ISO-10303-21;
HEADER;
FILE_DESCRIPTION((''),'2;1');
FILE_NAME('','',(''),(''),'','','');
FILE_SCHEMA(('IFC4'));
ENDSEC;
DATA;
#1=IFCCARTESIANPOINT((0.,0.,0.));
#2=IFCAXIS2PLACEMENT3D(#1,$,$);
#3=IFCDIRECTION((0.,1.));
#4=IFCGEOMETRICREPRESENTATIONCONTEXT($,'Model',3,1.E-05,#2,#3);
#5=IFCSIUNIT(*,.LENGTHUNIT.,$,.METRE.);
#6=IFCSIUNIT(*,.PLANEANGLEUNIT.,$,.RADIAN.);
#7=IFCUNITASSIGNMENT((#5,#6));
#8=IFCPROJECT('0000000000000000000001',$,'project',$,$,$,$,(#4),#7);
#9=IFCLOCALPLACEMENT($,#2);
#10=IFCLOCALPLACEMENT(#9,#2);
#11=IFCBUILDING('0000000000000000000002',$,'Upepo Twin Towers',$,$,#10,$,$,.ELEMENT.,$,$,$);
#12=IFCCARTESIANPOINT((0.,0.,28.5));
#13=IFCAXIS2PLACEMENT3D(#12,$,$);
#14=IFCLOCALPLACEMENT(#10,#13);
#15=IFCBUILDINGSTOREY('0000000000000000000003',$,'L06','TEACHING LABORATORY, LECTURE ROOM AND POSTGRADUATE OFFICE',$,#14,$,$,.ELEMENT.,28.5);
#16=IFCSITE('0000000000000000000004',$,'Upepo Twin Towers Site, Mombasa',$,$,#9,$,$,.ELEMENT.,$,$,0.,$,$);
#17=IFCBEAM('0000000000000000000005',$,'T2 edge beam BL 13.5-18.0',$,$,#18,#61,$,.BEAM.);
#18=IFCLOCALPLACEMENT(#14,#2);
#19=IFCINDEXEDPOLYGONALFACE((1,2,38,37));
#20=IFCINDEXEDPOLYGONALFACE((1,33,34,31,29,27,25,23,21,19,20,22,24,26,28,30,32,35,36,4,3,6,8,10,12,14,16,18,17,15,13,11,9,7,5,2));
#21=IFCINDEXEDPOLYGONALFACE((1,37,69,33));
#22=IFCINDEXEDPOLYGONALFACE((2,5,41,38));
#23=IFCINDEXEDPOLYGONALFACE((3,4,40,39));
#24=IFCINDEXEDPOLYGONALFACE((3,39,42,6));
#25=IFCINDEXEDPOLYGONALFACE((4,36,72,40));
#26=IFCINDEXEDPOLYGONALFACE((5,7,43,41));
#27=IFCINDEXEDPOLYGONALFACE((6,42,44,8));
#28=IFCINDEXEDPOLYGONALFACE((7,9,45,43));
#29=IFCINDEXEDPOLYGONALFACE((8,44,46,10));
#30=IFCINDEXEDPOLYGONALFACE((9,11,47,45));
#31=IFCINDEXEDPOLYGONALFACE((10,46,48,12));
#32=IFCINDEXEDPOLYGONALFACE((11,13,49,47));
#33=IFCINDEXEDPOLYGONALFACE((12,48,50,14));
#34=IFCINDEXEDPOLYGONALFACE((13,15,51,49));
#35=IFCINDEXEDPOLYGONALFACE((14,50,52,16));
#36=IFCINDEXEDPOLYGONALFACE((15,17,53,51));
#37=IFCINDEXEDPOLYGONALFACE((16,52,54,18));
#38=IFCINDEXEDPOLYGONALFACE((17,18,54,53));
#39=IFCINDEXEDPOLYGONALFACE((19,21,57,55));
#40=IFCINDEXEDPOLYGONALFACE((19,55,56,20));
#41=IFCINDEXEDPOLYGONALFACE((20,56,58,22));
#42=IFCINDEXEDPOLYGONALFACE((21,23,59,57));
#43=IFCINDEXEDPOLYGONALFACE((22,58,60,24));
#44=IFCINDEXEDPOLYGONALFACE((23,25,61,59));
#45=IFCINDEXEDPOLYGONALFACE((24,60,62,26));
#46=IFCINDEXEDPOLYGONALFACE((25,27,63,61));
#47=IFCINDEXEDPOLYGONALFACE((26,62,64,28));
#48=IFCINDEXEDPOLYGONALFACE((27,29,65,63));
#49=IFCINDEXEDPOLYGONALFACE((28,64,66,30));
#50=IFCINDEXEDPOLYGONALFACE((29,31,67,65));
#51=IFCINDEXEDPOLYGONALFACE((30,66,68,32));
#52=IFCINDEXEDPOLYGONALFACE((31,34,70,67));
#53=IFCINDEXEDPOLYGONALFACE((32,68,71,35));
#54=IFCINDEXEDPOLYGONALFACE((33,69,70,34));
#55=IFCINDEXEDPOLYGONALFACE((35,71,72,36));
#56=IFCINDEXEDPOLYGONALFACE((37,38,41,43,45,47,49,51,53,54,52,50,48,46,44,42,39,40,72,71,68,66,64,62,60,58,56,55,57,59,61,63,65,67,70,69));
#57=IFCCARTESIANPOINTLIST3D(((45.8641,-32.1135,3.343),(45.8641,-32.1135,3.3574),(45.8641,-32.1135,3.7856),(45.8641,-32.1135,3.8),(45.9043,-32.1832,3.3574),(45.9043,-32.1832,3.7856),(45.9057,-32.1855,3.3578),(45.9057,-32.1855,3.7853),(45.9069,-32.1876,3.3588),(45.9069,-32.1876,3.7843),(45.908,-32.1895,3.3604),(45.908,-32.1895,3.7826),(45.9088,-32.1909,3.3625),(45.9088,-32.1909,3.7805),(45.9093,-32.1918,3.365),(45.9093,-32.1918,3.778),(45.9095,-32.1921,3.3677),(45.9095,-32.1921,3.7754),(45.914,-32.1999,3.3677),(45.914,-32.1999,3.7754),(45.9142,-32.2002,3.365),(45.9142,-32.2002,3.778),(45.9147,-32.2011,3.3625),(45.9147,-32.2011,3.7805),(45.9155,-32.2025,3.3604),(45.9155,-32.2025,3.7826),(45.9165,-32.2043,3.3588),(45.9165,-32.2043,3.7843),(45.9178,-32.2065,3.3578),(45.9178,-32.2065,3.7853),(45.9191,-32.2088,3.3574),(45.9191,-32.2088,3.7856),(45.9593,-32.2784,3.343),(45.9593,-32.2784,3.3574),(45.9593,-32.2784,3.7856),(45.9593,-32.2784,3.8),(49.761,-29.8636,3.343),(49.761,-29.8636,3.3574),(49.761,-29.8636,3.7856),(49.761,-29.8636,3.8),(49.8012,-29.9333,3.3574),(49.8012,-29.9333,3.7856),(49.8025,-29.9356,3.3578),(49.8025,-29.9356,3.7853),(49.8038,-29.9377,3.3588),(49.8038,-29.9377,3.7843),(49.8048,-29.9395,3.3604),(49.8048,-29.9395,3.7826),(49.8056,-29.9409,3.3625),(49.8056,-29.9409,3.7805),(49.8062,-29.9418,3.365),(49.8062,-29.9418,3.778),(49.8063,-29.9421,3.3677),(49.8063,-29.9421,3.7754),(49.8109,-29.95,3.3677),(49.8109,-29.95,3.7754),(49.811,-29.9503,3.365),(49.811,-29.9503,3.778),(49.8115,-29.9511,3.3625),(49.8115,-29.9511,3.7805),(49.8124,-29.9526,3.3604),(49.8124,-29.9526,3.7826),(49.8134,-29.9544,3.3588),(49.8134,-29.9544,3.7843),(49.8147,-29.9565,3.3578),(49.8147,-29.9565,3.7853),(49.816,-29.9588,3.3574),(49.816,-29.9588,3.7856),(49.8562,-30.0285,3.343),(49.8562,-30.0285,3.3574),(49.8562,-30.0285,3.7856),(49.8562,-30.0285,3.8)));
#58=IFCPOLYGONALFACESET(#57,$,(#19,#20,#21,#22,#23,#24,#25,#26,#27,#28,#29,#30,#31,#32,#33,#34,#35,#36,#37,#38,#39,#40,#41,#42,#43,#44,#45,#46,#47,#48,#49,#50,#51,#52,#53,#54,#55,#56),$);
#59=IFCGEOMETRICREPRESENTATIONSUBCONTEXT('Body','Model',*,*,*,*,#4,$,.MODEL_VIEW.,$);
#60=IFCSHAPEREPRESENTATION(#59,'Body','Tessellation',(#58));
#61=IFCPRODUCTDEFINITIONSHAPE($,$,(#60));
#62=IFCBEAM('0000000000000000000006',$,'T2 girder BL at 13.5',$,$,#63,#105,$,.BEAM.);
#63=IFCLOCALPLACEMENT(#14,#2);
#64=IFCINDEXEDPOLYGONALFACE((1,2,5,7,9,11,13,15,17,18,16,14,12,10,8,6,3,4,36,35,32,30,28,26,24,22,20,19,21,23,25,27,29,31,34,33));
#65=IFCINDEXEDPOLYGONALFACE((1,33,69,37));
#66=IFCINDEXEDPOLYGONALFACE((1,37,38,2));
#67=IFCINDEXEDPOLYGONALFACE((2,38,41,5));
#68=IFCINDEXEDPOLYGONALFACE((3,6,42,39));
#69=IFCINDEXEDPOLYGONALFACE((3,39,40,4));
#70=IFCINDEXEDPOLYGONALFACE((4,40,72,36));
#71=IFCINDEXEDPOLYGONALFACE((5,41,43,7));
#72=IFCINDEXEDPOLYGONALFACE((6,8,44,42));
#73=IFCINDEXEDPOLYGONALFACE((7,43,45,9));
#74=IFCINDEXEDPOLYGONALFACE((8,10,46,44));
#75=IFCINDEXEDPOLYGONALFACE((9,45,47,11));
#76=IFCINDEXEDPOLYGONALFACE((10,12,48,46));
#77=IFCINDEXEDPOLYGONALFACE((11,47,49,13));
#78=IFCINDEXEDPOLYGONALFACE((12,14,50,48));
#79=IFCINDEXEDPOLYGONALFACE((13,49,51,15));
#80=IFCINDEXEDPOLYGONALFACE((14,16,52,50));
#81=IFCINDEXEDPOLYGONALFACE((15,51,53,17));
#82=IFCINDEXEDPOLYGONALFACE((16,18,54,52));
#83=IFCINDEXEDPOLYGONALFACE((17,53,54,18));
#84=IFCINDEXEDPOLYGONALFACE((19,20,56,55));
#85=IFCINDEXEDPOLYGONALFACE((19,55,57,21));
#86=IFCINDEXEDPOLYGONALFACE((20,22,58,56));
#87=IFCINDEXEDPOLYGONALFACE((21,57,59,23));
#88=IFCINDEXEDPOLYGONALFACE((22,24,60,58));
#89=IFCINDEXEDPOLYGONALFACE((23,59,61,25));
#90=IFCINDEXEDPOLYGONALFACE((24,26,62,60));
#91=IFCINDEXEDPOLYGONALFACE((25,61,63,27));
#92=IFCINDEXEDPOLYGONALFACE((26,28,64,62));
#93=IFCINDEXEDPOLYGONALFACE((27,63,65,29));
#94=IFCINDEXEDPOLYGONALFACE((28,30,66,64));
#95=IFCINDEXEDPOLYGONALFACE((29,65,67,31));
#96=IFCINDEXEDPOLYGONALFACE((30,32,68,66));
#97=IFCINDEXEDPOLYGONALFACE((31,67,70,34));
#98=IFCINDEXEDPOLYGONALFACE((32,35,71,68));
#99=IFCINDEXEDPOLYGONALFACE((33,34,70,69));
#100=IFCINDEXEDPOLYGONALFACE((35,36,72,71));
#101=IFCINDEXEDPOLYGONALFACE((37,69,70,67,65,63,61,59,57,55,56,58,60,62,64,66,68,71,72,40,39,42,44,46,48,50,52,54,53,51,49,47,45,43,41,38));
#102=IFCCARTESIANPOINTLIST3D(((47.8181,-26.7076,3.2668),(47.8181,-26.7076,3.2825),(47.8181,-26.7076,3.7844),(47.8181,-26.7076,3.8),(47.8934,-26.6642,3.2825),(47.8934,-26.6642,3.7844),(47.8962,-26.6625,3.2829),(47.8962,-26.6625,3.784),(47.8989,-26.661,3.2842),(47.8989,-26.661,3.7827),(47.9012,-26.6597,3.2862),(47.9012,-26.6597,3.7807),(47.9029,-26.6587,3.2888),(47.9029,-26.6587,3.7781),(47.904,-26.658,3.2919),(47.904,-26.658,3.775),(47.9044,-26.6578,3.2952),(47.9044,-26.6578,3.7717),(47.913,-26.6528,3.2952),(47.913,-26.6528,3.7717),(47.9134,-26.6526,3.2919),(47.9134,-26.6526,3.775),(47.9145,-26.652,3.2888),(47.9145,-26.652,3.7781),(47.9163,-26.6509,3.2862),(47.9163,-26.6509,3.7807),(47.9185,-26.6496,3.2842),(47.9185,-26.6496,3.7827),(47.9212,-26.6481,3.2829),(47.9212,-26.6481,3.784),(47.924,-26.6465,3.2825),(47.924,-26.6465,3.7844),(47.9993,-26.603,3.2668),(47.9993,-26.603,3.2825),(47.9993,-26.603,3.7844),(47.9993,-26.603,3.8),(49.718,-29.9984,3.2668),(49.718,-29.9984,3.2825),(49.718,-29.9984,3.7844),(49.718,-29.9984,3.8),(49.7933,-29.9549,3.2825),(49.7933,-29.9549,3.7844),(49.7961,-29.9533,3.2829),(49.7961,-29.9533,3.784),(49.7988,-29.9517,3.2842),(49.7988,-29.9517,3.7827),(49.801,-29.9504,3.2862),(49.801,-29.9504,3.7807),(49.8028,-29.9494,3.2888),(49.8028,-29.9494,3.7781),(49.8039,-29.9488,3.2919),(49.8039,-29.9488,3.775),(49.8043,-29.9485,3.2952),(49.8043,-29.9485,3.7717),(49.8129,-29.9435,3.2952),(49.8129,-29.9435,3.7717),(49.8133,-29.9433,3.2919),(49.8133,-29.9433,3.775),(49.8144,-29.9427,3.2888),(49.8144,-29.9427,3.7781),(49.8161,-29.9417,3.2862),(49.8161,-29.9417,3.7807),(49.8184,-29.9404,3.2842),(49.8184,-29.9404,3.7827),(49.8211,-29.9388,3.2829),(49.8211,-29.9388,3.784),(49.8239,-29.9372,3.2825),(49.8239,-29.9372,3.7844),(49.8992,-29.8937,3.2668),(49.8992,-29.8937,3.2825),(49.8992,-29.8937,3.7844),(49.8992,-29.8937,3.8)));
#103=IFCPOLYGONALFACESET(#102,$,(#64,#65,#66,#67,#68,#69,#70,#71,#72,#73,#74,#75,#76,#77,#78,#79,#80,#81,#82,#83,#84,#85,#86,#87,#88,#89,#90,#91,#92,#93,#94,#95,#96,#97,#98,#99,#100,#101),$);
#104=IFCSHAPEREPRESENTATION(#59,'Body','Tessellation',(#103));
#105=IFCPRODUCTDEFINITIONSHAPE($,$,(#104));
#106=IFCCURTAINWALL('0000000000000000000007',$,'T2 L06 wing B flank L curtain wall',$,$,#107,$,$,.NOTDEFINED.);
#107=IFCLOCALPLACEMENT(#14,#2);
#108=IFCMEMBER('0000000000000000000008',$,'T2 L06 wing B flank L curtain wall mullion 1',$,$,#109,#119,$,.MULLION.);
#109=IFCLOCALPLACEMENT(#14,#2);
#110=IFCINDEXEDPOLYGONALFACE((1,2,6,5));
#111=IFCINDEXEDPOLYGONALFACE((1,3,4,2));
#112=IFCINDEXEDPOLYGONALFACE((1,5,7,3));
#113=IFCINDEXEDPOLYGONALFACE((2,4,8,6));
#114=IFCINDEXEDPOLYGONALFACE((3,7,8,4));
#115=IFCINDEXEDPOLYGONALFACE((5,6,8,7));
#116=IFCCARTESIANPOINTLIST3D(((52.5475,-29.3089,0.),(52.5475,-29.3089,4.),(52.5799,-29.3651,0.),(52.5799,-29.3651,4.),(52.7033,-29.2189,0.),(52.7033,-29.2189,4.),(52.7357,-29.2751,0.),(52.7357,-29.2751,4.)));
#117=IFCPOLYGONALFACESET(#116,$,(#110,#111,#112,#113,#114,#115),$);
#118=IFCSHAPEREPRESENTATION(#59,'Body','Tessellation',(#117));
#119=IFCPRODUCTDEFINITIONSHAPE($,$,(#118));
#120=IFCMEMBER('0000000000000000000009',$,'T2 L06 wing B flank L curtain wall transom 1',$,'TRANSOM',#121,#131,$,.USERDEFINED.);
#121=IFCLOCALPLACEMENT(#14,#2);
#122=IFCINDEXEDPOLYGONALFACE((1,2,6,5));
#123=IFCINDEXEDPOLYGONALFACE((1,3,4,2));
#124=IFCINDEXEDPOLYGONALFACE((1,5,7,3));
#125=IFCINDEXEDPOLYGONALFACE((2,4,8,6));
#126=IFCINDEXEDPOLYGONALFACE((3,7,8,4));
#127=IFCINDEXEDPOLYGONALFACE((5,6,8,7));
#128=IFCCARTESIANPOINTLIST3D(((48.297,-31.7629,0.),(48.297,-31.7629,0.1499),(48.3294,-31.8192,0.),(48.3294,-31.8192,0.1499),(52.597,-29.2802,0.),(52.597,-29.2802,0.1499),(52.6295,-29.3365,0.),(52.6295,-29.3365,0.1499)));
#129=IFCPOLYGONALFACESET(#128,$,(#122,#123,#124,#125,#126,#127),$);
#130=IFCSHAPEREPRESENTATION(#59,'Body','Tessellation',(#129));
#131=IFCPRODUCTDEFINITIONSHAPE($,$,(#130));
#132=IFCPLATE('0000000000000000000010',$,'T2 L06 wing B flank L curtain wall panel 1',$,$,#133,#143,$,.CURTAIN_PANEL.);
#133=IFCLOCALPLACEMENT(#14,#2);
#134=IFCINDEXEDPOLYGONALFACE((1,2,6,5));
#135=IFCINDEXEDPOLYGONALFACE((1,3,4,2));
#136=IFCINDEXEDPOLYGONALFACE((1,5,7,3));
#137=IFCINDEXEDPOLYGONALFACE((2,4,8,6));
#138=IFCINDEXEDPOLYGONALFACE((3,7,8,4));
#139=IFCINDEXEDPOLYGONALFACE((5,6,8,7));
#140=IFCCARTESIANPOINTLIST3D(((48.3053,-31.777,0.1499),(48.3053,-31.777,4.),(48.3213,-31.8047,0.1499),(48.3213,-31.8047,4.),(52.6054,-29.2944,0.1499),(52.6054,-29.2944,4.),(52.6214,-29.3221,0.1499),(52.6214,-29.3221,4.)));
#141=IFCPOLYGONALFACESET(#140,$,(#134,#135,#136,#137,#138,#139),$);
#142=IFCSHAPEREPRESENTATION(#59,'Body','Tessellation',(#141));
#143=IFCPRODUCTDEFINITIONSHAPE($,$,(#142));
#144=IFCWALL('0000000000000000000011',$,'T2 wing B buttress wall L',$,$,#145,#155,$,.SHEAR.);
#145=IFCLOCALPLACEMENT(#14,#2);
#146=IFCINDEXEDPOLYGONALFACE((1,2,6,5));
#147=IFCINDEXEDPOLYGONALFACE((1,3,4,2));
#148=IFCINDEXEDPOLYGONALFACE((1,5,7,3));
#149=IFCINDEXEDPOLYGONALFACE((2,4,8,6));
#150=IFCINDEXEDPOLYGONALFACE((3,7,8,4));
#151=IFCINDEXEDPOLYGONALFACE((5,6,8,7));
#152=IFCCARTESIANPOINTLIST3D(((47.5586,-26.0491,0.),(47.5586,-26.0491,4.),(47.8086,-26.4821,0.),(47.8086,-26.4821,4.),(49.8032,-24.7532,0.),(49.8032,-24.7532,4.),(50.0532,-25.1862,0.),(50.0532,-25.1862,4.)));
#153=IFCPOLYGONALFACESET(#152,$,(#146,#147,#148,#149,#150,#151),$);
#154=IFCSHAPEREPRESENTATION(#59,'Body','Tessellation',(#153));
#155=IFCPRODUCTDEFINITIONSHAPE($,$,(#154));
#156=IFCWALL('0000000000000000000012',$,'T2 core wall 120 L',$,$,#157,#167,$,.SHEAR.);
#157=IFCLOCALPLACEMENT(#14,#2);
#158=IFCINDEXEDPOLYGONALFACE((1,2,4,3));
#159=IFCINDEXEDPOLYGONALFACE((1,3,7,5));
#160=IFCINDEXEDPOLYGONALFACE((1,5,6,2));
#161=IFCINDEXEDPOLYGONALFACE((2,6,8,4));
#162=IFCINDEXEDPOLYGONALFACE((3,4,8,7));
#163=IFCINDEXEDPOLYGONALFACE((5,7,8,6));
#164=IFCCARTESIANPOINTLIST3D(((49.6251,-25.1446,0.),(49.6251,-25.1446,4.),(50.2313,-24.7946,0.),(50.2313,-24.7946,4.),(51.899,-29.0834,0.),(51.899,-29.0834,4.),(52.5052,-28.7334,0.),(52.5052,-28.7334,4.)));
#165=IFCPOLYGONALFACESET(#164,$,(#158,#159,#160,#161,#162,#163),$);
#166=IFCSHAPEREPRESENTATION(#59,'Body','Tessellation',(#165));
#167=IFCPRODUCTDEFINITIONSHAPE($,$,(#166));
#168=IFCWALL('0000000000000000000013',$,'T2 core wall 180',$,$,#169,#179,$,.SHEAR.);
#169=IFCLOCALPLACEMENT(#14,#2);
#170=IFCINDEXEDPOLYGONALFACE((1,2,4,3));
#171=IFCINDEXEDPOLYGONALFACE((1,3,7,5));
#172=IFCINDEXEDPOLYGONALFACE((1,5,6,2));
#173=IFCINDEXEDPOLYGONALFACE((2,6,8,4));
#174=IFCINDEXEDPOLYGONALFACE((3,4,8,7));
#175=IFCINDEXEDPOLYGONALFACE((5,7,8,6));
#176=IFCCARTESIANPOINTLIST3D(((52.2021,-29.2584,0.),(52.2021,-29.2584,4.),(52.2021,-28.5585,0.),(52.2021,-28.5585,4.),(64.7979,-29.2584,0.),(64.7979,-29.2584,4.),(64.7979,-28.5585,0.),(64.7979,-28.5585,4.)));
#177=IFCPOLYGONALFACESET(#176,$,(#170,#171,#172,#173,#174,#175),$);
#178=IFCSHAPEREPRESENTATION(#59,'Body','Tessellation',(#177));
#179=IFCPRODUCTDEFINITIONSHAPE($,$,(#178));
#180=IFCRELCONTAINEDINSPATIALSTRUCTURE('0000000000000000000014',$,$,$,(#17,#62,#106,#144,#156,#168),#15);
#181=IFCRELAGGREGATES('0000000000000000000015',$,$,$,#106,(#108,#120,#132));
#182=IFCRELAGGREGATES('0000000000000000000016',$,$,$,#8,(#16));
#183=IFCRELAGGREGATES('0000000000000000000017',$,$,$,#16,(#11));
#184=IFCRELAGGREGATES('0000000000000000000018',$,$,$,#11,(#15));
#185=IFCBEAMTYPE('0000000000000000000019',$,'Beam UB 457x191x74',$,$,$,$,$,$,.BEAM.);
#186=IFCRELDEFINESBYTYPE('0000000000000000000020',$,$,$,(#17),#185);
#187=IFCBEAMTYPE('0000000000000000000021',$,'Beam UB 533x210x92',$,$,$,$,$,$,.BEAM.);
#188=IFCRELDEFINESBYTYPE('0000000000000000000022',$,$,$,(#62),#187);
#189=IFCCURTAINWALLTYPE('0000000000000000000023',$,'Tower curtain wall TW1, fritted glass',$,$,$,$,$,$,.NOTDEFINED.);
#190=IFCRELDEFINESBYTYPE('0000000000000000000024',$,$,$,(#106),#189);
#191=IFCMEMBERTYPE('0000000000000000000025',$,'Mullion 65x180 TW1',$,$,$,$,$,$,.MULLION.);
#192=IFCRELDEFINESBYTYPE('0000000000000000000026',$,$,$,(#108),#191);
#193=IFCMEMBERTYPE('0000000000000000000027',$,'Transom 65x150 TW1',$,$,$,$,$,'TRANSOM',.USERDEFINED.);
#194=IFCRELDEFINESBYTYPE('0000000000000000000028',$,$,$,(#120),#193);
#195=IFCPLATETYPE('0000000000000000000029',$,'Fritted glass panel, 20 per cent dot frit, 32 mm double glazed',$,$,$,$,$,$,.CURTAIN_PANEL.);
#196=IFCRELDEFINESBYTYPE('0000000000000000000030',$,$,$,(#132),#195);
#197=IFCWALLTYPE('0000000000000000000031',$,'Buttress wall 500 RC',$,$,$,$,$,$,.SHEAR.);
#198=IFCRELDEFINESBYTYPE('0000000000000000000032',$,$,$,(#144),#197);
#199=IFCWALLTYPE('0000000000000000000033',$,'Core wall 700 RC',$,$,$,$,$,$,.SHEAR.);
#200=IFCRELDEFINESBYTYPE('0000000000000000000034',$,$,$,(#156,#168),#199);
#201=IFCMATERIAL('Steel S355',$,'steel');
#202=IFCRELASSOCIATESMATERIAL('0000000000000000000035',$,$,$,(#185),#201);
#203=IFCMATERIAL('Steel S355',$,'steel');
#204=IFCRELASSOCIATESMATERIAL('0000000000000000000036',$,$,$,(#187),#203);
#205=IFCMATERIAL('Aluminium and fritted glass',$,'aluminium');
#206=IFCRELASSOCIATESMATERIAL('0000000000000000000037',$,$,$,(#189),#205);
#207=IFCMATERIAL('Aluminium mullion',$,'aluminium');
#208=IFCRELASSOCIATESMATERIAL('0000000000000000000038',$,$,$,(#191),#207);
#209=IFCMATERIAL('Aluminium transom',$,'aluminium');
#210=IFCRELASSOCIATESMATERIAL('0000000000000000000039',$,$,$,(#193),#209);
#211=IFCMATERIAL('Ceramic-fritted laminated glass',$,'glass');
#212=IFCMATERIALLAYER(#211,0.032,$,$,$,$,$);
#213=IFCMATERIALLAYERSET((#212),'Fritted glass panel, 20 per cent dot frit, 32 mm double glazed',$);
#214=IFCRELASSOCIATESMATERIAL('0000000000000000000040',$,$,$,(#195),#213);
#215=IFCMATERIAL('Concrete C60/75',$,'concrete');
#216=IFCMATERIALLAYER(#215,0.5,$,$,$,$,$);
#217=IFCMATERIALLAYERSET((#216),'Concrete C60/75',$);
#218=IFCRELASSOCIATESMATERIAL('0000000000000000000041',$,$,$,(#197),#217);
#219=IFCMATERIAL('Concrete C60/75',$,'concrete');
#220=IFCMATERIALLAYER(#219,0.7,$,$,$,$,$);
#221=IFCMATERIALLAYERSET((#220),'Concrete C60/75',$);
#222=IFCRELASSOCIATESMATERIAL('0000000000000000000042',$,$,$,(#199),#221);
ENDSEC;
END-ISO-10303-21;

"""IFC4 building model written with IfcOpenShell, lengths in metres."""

from ifc_helpers import new_model, si_unit, direction, frame, frame_2d, origin, origin_2d, place, context, subcontext, project, spatial, rectangle, i_section, extrude, material, layer, layer_set, material_profile, profile_set, type_object, element, aggregate, save


model = new_model("IFC4")

# Units and contexts
model_context = context("Model", 3, precision=1e-05, world=origin(), true_north=direction((0.0, 1.0)))
body_context = subcontext(model_context, "Body", "Model", "MODEL_VIEW")
ifc_project = project(units=[si_unit("LENGTHUNIT", "METRE"), si_unit("PLANEANGLEUNIT", "RADIAN")], contexts=[model_context])

# Site, building, storey
site_placement = place(None, origin())
site = spatial("IfcSite", under=ifc_project, at=site_placement, Name="Upepo Twin Towers Site, Mombasa", CompositionType="ELEMENT", RefElevation=0.0)
building_placement = place(site_placement, origin())
building = spatial("IfcBuilding", under=site, at=building_placement, Name="Upepo Twin Towers", CompositionType="ELEMENT")
storey_placement = place(building_placement, frame((0.0, 0.0, 28.5)))
storey = spatial("IfcBuildingStorey", under=building, at=storey_placement, Name="L06", Description="TEACHING LABORATORY, LECTURE ROOM AND POSTGRADUATE OFFICE", CompositionType="ELEMENT", Elevation=28.5)

# Beams
ifc_material_1 = material(Name="Steel S355", Category="steel")
ifc_material_profile_1 = material_profile(ifc_material_1, i_section(OverallWidth=0.1904, OverallDepth=0.457, WebThickness=0.009, FlangeThickness=0.0144, FilletRadius=0.0103, at=origin_2d()), Name="UB 457x191x74")
ifc_profile_set_1 = profile_set([ifc_material_profile_1], Name="Steel S355")
beam_type_1 = type_object("IfcBeamType", Name="Beam UB 457x191x74", PredefinedType="BEAM", material=ifc_profile_set_1)
beam_1_placement = place(storey_placement, frame((49.8086, -29.946, 3.5715), z_axis=(-0.866018, -0.500014, 0.0), x_axis=(0.500014, -0.866018, 0.0)))
element("IfcBeam", 1, at=beam_1_placement, inside=storey, type_object=beam_type_1, Name="T2 edge beam BL 13.5-18.0", PredefinedType="BEAM", context=body_context, shape_type="SweptSolid", body=[
    extrude(i_section(OverallWidth=0.1904, OverallDepth=0.457, WebThickness=0.009, FlangeThickness=0.0144, FilletRadius=0.0103, at=origin_2d()), origin(), (0.0, 0.0, 1.0), 4.4998),
])
ifc_material_2 = material(Name="Steel S355", Category="steel")
ifc_material_profile_2 = material_profile(ifc_material_2, i_section(OverallWidth=0.2092, OverallDepth=0.5332, WebThickness=0.01, FlangeThickness=0.0156, FilletRadius=0.0127, at=origin_2d()), Name="UB 533x210x92")
ifc_profile_set_2 = profile_set([ifc_material_profile_2], Name="Steel S355")
beam_type_2 = type_object("IfcBeamType", Name="Beam UB 533x210x92", PredefinedType="BEAM", material=ifc_profile_set_2)
beam_2_placement = place(storey_placement, frame((49.8086, -29.946, 3.5334), z_axis=(-0.499995, 0.866028, 0.0), x_axis=(-0.866028, -0.499995, 0.0)))
element("IfcBeam", 2, at=beam_2_placement, inside=storey, type_object=beam_type_2, Name="T2 girder BL at 13.5", PredefinedType="BEAM", context=body_context, shape_type="SweptSolid", body=[
    extrude(i_section(OverallWidth=0.2092, OverallDepth=0.5332, WebThickness=0.01, FlangeThickness=0.0156, FilletRadius=0.0127, at=origin_2d()), origin(), (0.0, 0.0, 1.0), 3.7998),
])

# Curtain wall, members, plate
ifc_material_3 = material(Name="Aluminium and fritted glass", Category="aluminium")
curtain_wall_type = type_object("IfcCurtainWallType", Name="Tower curtain wall TW1, fritted glass", PredefinedType="NOTDEFINED", material=ifc_material_3)
curtain_wall_placement = place(storey_placement, origin())
curtain_wall = element("IfcCurtainWall", 3, at=curtain_wall_placement, inside=storey, type_object=curtain_wall_type, Name="T2 L06 wing B flank L curtain wall", PredefinedType="NOTDEFINED")
ifc_material_4 = material(Name="Aluminium mullion", Category="aluminium")
ifc_material_profile_3 = material_profile(ifc_material_4, rectangle(XDim=0.0649, YDim=0.1799, at=origin_2d()), Name="MULLION 65x180")
ifc_profile_set_3 = profile_set([ifc_material_profile_3], Name="Aluminium mullion")
member_type_1 = type_object("IfcMemberType", Name="Mullion 65x180 TW1", PredefinedType="MULLION", material=ifc_profile_set_3)
member_1_placement = place(storey_placement, frame((52.6416, -29.292, 0.0), z_axis=(0.0, 0.0, 1.0), x_axis=(0.5, -0.866025, 0.0)))
member_1 = element("IfcMember", 4, at=member_1_placement, type_object=member_type_1, Name="T2 L06 wing B flank L curtain wall mullion 1", PredefinedType="MULLION", context=body_context, shape_type="SweptSolid", body=[
    extrude(rectangle(XDim=0.0649, YDim=0.1799, at=origin_2d()), origin(), (0.0, 0.0, 1.0), 4.0),
])
ifc_material_5 = material(Name="Aluminium transom", Category="aluminium")
ifc_material_profile_4 = material_profile(ifc_material_5, rectangle(XDim=0.0649, YDim=0.1499, at=origin_2d()), Name="TRANSOM 65x150")
ifc_profile_set_4 = profile_set([ifc_material_profile_4], Name="Aluminium transom")
member_type_2 = type_object("IfcMemberType", Name="Transom 65x150 TW1", ElementType="TRANSOM", PredefinedType="USERDEFINED", material=ifc_profile_set_4)
member_2_placement = place(storey_placement, frame((52.6133, -29.3083, 0.075), z_axis=(-0.866023, -0.500005, 0.0), x_axis=(0.500005, -0.866023, 0.0)))
member_2 = element("IfcMember", 5, at=member_2_placement, type_object=member_type_2, Name="T2 L06 wing B flank L curtain wall transom 1", ObjectType="TRANSOM", PredefinedType="USERDEFINED", context=body_context, shape_type="SweptSolid", body=[
    extrude(rectangle(XDim=0.0649, YDim=0.1499, at=origin_2d()), origin(), (0.0, 0.0, 1.0), 4.9653),
])
ifc_material_6 = material(Name="Ceramic-fritted laminated glass", Category="glass")
ifc_layer_1 = layer(ifc_material_6, 0.032)
ifc_layer_set_1 = layer_set([ifc_layer_1], Name="Fritted glass panel, 20 per cent dot frit, 32 mm double glazed")
plate_type = type_object("IfcPlateType", Name="Fritted glass panel, 20 per cent dot frit, 32 mm double glazed", PredefinedType="CURTAIN_PANEL", material=ifc_layer_set_1)
plate_placement = place(storey_placement, frame((50.4634, -30.5496, 0.1499), z_axis=(0.0, 0.0, 1.0), x_axis=(-0.866025, -0.5, 0.0)))
plate = element("IfcPlate", 6, at=plate_placement, type_object=plate_type, Name="T2 L06 wing B flank L curtain wall panel 1", PredefinedType="CURTAIN_PANEL", context=body_context, shape_type="SweptSolid", body=[
    extrude(rectangle(XDim=4.9653, YDim=0.032, at=origin_2d()), origin(), (0.0, 0.0, 1.0), 3.8501),
])
aggregate(curtain_wall, [member_1, member_2, plate])

# Walls
ifc_material_7 = material(Name="Concrete C60/75", Category="concrete")
ifc_layer_2 = layer(ifc_material_7, 0.5)
ifc_layer_set_2 = layer_set([ifc_layer_2], Name="Concrete C60/75")
wall_type_1 = type_object("IfcWallType", Name="Buttress wall 500 RC", PredefinedType="SHEAR", material=ifc_layer_set_2)
wall_1_placement = place(storey_placement, frame((49.9282, -24.9697, 0.0), z_axis=(0.0, 0.0, 1.0), x_axis=(-0.866032, -0.499989, 0.0)))
element("IfcWall", 7, at=wall_1_placement, inside=storey, type_object=wall_type_1, Name="T2 wing B buttress wall L", PredefinedType="SHEAR", context=body_context, shape_type="SweptSolid", body=[
    extrude(rectangle(XDim=2.5918, YDim=0.5, at=frame_2d((1.2959, 0.0))), origin(), (0.0, 0.0, 1.0), 4.0),
])
ifc_material_8 = material(Name="Concrete C60/75", Category="concrete")
ifc_layer_3 = layer(ifc_material_8, 0.7)
ifc_layer_set_3 = layer_set([ifc_layer_3], Name="Concrete C60/75")
wall_type_2 = type_object("IfcWallType", Name="Core wall 700 RC", PredefinedType="SHEAR", material=ifc_layer_set_3)
wall_2_placement = place(storey_placement, frame((49.9282, -24.9697, 0.0), z_axis=(0.0, 0.0, 1.0), x_axis=(0.499984, -0.866035, 0.0)))
element("IfcWall", 8, at=wall_2_placement, inside=storey, type_object=wall_type_2, Name="T2 core wall 120 L", PredefinedType="SHEAR", context=body_context, shape_type="SweptSolid", body=[
    extrude(rectangle(XDim=4.5481, YDim=0.7, at=frame_2d((2.2739, 0.0))), origin(), (0.0, 0.0, 1.0), 4.0),
])
wall_3_placement = place(storey_placement, frame((52.2021, -28.9084, 0.0), z_axis=(0.0, 0.0, 1.0), x_axis=(1.0, 0.0, 0.0)))
element("IfcWall", 9, at=wall_3_placement, inside=storey, type_object=wall_type_2, Name="T2 core wall 180", PredefinedType="SHEAR", context=body_context, shape_type="SweptSolid", body=[
    extrude(rectangle(XDim=12.5957, YDim=0.7, at=frame_2d((6.2979, 0.0))), origin(), (0.0, 0.0, 1.0), 4.0),
])

save(model, "model.ifc")
